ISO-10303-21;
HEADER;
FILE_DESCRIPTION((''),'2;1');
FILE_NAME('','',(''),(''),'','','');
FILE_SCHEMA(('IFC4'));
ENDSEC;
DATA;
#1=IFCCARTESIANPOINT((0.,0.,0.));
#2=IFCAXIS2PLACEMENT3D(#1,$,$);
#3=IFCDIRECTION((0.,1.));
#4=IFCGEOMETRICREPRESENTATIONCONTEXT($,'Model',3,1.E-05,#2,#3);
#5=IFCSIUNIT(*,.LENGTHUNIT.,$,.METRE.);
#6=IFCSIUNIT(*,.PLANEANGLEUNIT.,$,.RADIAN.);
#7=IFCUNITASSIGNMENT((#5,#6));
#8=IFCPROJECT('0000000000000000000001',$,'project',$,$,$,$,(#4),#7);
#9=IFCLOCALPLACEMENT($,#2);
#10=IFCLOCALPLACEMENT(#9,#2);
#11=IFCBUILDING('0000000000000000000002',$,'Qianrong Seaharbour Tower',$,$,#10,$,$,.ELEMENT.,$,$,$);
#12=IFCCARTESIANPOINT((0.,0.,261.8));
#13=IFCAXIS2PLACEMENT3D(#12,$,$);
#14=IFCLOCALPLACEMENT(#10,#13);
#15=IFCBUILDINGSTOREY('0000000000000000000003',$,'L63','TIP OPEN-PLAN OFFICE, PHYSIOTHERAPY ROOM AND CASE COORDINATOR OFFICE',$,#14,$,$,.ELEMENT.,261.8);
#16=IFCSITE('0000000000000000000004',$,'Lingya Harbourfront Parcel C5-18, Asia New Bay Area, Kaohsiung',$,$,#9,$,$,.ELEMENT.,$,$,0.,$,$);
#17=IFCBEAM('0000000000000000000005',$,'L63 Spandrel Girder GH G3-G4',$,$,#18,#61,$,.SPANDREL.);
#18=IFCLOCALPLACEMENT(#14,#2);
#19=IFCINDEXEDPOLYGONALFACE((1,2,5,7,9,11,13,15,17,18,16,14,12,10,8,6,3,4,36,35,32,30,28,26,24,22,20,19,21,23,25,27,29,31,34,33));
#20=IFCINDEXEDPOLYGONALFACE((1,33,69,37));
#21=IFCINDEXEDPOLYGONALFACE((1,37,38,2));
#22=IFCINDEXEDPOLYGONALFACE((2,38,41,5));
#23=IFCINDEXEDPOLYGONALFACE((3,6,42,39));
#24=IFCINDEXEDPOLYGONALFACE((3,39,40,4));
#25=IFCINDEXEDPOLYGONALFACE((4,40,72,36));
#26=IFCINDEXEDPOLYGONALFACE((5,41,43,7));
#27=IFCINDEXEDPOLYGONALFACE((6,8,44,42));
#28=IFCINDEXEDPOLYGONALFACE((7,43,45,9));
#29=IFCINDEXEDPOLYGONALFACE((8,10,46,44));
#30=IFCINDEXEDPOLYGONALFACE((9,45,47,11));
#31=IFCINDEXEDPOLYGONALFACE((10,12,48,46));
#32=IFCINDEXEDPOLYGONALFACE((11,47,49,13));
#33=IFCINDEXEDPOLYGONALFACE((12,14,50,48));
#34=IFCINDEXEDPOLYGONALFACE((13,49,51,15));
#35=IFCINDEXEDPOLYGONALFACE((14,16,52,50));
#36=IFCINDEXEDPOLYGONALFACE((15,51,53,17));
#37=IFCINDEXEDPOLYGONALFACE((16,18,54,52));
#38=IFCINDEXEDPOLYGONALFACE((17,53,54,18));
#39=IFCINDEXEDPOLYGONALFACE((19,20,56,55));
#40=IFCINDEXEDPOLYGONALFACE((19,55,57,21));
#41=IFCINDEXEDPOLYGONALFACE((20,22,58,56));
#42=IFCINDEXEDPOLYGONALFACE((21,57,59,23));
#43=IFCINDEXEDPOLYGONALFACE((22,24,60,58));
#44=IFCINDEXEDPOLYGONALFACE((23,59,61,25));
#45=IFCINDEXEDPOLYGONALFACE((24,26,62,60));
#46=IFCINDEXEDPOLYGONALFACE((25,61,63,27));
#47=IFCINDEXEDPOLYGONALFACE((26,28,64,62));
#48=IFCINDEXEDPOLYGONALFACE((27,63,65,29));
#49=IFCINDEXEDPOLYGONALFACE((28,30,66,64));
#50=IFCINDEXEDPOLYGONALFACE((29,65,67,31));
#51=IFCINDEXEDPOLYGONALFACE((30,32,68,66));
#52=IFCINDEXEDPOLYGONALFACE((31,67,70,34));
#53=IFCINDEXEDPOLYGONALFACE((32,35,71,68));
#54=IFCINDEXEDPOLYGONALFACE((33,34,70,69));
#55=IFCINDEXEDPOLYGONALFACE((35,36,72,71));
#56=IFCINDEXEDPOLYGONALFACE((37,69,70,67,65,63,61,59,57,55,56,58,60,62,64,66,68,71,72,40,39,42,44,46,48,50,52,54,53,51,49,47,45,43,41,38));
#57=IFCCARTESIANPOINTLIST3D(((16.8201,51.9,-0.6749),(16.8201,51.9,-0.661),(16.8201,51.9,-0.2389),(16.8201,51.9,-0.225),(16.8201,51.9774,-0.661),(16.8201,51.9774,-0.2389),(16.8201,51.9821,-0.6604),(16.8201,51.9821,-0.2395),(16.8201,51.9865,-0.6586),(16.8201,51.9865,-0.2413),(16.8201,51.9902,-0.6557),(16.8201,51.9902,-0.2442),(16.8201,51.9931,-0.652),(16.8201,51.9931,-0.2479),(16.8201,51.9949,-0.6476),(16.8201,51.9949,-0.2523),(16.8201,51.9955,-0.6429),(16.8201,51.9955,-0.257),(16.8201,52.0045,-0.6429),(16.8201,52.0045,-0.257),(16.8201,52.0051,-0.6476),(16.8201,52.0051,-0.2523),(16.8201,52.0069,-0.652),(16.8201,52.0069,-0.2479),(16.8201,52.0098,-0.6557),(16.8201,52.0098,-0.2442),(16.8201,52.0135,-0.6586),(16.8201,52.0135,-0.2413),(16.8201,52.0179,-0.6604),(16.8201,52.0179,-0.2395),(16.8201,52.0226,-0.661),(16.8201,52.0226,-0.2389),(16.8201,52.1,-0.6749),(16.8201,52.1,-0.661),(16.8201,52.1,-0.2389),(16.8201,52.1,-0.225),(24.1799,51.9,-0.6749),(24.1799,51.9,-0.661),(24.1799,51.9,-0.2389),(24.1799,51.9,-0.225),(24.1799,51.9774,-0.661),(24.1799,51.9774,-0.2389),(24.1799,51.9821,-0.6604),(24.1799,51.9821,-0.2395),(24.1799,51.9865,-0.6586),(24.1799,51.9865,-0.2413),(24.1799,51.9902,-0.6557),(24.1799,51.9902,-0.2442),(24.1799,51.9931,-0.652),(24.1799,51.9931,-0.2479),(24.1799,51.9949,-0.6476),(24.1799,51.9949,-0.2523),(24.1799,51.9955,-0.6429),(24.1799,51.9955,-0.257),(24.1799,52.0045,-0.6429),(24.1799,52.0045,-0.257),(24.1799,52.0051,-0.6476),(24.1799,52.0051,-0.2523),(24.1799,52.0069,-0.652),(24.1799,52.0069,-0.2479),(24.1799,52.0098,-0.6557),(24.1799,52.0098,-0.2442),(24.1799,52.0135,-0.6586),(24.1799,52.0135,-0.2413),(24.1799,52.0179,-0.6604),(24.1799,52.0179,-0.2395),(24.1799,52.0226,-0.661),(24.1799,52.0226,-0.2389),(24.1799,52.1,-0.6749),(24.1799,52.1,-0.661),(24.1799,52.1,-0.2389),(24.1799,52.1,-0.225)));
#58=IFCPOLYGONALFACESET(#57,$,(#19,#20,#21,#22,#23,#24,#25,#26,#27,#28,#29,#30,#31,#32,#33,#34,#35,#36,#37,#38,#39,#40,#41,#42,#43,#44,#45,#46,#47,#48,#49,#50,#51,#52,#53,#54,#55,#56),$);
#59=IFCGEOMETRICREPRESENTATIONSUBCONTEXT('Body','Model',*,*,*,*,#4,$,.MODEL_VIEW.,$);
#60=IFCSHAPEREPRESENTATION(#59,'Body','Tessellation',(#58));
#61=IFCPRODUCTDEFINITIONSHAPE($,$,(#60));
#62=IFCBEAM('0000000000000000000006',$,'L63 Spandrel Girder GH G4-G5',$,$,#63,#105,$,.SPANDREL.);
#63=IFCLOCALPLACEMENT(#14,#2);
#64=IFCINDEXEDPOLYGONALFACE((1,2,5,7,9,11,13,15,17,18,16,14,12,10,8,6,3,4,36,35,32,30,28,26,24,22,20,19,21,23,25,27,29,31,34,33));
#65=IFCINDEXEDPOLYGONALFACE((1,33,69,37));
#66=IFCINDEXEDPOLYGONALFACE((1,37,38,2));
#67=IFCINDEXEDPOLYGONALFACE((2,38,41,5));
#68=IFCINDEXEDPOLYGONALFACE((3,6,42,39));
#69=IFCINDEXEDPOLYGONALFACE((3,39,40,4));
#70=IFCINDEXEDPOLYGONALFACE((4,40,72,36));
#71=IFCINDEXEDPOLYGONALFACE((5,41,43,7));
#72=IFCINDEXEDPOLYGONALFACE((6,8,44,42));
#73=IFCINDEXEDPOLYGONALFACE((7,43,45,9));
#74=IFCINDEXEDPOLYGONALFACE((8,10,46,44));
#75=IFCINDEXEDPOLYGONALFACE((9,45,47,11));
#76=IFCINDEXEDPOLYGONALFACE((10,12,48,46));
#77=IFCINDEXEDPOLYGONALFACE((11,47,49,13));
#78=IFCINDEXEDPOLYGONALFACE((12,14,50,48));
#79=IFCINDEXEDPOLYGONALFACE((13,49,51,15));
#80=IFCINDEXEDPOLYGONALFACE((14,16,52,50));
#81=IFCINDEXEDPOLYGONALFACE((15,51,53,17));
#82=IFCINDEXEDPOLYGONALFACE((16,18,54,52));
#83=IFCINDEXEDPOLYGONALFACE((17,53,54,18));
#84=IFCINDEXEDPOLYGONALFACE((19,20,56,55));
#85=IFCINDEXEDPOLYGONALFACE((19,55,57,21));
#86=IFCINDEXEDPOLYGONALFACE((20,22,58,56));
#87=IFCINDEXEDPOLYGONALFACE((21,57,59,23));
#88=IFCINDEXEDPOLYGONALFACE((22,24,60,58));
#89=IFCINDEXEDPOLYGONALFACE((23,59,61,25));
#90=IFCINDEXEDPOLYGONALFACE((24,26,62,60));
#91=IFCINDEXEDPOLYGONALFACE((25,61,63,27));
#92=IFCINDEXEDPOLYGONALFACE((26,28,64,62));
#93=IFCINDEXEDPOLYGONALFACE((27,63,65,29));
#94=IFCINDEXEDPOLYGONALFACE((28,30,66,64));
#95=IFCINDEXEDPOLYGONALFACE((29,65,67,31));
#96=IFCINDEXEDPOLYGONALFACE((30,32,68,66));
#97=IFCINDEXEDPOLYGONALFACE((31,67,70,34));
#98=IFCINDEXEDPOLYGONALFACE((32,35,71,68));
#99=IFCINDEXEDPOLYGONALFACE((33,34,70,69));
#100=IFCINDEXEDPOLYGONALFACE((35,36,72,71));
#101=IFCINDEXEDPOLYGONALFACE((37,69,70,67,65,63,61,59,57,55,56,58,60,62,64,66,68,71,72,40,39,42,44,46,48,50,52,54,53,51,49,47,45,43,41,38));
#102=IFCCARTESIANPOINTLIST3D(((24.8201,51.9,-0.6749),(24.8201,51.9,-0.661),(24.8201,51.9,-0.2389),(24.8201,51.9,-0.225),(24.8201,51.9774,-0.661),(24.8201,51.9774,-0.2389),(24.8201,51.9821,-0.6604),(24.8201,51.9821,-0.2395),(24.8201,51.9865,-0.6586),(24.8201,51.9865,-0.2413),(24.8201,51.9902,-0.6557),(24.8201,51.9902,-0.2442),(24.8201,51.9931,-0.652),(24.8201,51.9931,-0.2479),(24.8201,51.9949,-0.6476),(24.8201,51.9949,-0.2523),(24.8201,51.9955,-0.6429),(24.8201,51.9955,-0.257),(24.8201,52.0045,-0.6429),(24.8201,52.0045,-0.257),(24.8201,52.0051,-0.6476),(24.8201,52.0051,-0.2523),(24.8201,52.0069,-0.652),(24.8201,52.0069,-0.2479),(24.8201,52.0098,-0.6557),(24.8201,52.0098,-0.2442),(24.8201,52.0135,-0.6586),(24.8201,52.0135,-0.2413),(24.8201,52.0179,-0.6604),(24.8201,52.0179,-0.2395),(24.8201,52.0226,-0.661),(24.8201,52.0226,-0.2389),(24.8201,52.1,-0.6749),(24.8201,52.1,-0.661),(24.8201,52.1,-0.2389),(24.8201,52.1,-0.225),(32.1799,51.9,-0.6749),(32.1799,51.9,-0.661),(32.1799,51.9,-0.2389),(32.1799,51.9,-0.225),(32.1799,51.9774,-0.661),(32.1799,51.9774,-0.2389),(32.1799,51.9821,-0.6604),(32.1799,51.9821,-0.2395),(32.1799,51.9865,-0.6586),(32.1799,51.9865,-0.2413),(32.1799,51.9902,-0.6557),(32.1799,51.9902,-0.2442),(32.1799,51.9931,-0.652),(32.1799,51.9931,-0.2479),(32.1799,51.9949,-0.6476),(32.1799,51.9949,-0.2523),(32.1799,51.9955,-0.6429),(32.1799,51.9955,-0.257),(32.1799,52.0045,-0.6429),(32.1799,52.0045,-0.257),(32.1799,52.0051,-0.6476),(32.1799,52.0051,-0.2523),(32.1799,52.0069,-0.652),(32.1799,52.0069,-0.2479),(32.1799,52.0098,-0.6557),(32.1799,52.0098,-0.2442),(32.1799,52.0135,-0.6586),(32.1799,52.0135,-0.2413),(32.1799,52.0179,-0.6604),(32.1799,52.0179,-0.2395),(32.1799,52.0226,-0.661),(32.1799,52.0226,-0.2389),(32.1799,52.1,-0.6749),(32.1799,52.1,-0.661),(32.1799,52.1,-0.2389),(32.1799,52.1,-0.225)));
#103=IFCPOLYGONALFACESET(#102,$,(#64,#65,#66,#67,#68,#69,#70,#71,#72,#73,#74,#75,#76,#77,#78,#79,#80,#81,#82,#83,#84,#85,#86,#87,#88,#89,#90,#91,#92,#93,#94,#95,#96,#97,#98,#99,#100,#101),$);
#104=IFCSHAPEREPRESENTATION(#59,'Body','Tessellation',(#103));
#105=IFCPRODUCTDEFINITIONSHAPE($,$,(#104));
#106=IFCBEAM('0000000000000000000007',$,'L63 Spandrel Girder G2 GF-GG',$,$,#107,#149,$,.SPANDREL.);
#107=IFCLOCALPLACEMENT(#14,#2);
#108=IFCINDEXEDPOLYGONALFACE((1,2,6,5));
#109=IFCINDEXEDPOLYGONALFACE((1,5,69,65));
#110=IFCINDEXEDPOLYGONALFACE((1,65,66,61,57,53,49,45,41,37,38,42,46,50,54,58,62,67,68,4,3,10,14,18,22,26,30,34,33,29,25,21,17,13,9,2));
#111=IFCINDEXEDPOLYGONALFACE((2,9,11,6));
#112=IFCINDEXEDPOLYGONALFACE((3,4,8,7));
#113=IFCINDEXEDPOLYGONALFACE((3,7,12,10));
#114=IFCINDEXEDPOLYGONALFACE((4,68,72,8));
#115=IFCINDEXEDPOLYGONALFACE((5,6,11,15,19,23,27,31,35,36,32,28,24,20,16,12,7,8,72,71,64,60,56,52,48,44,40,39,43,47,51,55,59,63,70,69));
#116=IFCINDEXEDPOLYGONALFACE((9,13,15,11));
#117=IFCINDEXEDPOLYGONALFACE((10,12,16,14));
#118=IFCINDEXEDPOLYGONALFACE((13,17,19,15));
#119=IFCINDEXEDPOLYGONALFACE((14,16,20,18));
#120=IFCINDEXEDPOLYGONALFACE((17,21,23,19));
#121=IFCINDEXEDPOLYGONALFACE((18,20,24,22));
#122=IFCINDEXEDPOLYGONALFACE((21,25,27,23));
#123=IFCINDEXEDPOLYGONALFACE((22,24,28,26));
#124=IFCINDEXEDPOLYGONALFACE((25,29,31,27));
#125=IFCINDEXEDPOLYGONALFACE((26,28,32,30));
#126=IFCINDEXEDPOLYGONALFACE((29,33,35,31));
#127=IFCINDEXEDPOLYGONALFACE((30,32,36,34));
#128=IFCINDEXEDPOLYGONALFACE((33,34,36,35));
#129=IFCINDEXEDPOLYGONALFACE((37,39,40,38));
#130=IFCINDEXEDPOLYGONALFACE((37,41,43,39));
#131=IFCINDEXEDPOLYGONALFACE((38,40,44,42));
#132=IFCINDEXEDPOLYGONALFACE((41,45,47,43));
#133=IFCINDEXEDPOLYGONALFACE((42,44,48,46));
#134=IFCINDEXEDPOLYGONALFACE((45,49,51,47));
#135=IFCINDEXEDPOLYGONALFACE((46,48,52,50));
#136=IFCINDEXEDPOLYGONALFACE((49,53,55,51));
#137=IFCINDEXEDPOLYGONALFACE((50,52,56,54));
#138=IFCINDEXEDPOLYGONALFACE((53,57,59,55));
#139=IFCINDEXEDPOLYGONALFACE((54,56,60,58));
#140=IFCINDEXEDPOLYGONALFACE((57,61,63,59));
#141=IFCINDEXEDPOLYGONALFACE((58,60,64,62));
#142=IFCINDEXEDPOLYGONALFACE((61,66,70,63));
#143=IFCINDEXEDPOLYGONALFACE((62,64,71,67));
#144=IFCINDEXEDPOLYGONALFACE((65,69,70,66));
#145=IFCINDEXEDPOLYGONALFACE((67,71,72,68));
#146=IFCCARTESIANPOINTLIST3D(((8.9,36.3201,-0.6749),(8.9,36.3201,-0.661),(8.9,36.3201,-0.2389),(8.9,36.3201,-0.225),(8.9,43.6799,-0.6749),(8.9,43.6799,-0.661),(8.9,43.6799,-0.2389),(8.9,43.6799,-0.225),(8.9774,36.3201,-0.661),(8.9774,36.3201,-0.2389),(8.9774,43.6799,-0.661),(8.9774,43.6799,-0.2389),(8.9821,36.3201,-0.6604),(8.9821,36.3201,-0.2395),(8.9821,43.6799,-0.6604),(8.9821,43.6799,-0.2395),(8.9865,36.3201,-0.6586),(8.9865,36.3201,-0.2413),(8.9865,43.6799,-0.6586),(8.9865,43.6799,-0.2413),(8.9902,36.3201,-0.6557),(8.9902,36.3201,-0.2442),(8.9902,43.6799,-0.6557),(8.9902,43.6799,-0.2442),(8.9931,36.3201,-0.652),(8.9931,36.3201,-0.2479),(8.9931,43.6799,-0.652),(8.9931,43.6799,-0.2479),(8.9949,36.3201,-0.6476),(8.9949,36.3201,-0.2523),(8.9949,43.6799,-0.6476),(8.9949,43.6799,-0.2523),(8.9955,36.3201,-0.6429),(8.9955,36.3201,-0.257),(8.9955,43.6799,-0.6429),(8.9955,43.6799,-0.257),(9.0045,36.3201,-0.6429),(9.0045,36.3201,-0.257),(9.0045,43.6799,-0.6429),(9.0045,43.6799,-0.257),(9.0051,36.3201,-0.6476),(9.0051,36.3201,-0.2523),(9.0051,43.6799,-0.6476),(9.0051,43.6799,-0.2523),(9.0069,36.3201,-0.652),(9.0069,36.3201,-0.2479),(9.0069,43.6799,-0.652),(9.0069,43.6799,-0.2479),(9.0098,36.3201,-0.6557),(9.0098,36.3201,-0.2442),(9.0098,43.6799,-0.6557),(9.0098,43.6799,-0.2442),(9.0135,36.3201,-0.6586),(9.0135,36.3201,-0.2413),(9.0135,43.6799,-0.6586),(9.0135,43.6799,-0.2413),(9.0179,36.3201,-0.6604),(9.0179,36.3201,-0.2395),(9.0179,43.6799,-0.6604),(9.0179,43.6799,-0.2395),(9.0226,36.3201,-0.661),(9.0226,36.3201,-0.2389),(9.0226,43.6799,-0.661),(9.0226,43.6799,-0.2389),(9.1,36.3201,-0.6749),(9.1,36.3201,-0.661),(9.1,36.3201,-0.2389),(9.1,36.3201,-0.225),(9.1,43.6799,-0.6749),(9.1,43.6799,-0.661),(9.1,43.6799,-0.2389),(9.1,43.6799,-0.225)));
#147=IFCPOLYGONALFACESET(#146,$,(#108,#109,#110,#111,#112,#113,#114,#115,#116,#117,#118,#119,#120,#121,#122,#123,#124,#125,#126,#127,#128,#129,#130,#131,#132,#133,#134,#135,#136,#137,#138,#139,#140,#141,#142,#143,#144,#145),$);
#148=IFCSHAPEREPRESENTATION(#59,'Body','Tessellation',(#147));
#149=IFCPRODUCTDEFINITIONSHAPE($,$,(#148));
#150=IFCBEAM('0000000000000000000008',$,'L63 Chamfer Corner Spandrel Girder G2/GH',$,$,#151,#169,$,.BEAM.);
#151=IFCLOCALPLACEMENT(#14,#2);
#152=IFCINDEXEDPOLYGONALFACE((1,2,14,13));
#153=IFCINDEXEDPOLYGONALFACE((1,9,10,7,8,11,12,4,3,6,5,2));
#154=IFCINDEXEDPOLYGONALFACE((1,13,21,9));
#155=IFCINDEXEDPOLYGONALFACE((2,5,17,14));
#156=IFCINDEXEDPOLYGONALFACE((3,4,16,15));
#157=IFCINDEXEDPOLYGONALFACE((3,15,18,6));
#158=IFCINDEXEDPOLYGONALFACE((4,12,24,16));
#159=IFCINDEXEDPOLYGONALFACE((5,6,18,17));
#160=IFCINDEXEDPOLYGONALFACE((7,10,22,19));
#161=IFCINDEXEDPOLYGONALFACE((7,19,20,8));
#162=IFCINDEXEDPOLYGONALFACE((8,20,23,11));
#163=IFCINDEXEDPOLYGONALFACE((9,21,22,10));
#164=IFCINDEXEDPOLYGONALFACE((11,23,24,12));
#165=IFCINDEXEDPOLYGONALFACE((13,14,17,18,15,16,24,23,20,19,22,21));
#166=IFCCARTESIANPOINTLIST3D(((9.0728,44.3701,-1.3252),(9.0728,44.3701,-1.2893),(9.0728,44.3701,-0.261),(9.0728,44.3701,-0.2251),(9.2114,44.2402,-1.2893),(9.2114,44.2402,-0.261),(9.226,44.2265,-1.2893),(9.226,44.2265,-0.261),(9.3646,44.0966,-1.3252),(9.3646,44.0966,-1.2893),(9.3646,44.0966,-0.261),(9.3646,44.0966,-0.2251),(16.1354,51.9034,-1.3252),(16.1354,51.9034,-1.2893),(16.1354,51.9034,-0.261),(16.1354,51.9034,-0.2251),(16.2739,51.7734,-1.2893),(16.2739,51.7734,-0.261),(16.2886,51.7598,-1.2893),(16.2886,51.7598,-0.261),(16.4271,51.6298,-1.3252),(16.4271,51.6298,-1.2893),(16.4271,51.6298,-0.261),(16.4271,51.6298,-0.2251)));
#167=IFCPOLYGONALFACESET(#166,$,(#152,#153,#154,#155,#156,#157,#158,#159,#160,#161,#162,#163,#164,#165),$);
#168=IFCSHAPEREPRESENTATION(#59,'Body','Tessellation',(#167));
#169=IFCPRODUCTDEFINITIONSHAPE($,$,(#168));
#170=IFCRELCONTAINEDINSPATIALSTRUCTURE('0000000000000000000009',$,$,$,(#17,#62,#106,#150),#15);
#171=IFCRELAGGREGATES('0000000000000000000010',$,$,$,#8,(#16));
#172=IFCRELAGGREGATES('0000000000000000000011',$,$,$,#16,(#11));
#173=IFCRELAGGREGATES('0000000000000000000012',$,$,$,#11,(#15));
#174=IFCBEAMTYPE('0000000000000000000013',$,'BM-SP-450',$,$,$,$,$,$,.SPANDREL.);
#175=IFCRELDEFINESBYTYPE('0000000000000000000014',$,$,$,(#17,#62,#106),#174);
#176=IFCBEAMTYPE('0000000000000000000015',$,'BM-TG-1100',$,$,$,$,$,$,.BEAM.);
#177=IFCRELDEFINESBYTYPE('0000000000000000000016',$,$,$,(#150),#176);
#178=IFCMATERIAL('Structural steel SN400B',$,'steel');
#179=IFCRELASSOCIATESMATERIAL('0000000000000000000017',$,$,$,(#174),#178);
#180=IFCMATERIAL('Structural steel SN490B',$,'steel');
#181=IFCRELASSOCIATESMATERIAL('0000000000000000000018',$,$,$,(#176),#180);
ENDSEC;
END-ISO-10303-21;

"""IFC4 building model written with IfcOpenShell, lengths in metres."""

from ifc_helpers import new_model, si_unit, direction, frame, origin, origin_2d, place, context, subcontext, project, spatial, i_section, extrude, material, material_profile, profile_set, type_object, element, save


model = new_model("IFC4")

# Units and contexts
model_context = context("Model", 3, precision=1e-05, world=origin(), true_north=direction((0.0, 1.0)))
body_context = subcontext(model_context, "Body", "Model", "MODEL_VIEW")
ifc_project = project(units=[si_unit("LENGTHUNIT", "METRE"), si_unit("PLANEANGLEUNIT", "RADIAN")], contexts=[model_context])

# Site, building, storey
site_placement = place(None, origin())
site = spatial("IfcSite", under=ifc_project, at=site_placement, Name="Lingya Harbourfront Parcel C5-18, Asia New Bay Area, Kaohsiung", CompositionType="ELEMENT", RefElevation=0.0)
building_placement = place(site_placement, origin())
building = spatial("IfcBuilding", under=site, at=building_placement, Name="Qianrong Seaharbour Tower", CompositionType="ELEMENT")
storey_placement = place(building_placement, frame((0.0, 0.0, 261.8)))
storey = spatial("IfcBuildingStorey", under=building, at=storey_placement, Name="L63", Description="TIP OPEN-PLAN OFFICE, PHYSIOTHERAPY ROOM AND CASE COORDINATOR OFFICE", CompositionType="ELEMENT", Elevation=261.8)

# Shared definitions
ifc_material_1 = material(Name="Structural steel SN490B", Category="steel")

# Beams
ifc_material_2 = material(Name="Structural steel SN400B", Category="steel")
ifc_material_profile_1 = material_profile(ifc_material_2, i_section(OverallWidth=0.2, OverallDepth=0.45, WebThickness=0.009, FlangeThickness=0.0139, FilletRadius=0.0181, at=origin_2d()), Name="H450x200x9x14")
ifc_profile_set_1 = profile_set([ifc_material_profile_1], Name="Structural steel SN400B")
beam_type_1 = type_object("IfcBeamType", Name="BM-SP-450", PredefinedType="SPANDREL", material=ifc_profile_set_1)
for number, where, z_axis, x_axis, name in (
    (1, (16.8201, 52.0, -0.45), (1.0, 0.0, 0.0), (0.0, 1.0, 0.0), "L63 Spandrel Girder GH G3-G4"),
    (2, (24.8201, 52.0, -0.45), (1.0, 0.0, 0.0), (0.0, 1.0, 0.0), "L63 Spandrel Girder GH G4-G5"),
    (3, (9.0, 36.3201, -0.45), (0.0, 1.0, 0.0), (-1.0, 0.0, 0.0), "L63 Spandrel Girder G2 GF-GG"),
):
    element("IfcBeam", number, at=place(storey_placement, frame(where, z_axis=z_axis, x_axis=x_axis)), inside=storey, type_object=beam_type_1, Name=name, PredefinedType="SPANDREL", context=body_context, shape_type="SweptSolid", body=[
        extrude(i_section(OverallWidth=0.2, OverallDepth=0.45, WebThickness=0.009, FlangeThickness=0.0139, FilletRadius=0.0181, at=origin_2d()), origin(), (0.0, 0.0, 1.0), 7.3599),
    ])
ifc_material_profile_2 = material_profile(ifc_material_1, i_section(OverallWidth=0.3999, OverallDepth=1.1001, WebThickness=0.02, FlangeThickness=0.0359, at=origin_2d()), Name="BH1100x400x20x36")
ifc_profile_set_2 = profile_set([ifc_material_profile_2], Name="Structural steel SN490B")
beam_type_2 = type_object("IfcBeamType", Name="BM-TG-1100", PredefinedType="BEAM", material=ifc_profile_set_2)
beam_1_placement = place(storey_placement, frame((16.2812, 51.7666, -0.7751), z_axis=(-0.683947, -0.729531, 0.0), x_axis=(0.729531, -0.683947, 0.0)))
element("IfcBeam", 4, at=beam_1_placement, inside=storey, type_object=beam_type_2, Name="L63 Chamfer Corner Spandrel Girder G2/GH", PredefinedType="BEAM", context=body_context, shape_type="SweptSolid", body=[
    extrude(i_section(OverallWidth=0.3999, OverallDepth=1.1001, WebThickness=0.02, FlangeThickness=0.0359, at=origin_2d()), origin(), (0.0, 0.0, 1.0), 10.3262),
])

save(model, "model.ifc")
